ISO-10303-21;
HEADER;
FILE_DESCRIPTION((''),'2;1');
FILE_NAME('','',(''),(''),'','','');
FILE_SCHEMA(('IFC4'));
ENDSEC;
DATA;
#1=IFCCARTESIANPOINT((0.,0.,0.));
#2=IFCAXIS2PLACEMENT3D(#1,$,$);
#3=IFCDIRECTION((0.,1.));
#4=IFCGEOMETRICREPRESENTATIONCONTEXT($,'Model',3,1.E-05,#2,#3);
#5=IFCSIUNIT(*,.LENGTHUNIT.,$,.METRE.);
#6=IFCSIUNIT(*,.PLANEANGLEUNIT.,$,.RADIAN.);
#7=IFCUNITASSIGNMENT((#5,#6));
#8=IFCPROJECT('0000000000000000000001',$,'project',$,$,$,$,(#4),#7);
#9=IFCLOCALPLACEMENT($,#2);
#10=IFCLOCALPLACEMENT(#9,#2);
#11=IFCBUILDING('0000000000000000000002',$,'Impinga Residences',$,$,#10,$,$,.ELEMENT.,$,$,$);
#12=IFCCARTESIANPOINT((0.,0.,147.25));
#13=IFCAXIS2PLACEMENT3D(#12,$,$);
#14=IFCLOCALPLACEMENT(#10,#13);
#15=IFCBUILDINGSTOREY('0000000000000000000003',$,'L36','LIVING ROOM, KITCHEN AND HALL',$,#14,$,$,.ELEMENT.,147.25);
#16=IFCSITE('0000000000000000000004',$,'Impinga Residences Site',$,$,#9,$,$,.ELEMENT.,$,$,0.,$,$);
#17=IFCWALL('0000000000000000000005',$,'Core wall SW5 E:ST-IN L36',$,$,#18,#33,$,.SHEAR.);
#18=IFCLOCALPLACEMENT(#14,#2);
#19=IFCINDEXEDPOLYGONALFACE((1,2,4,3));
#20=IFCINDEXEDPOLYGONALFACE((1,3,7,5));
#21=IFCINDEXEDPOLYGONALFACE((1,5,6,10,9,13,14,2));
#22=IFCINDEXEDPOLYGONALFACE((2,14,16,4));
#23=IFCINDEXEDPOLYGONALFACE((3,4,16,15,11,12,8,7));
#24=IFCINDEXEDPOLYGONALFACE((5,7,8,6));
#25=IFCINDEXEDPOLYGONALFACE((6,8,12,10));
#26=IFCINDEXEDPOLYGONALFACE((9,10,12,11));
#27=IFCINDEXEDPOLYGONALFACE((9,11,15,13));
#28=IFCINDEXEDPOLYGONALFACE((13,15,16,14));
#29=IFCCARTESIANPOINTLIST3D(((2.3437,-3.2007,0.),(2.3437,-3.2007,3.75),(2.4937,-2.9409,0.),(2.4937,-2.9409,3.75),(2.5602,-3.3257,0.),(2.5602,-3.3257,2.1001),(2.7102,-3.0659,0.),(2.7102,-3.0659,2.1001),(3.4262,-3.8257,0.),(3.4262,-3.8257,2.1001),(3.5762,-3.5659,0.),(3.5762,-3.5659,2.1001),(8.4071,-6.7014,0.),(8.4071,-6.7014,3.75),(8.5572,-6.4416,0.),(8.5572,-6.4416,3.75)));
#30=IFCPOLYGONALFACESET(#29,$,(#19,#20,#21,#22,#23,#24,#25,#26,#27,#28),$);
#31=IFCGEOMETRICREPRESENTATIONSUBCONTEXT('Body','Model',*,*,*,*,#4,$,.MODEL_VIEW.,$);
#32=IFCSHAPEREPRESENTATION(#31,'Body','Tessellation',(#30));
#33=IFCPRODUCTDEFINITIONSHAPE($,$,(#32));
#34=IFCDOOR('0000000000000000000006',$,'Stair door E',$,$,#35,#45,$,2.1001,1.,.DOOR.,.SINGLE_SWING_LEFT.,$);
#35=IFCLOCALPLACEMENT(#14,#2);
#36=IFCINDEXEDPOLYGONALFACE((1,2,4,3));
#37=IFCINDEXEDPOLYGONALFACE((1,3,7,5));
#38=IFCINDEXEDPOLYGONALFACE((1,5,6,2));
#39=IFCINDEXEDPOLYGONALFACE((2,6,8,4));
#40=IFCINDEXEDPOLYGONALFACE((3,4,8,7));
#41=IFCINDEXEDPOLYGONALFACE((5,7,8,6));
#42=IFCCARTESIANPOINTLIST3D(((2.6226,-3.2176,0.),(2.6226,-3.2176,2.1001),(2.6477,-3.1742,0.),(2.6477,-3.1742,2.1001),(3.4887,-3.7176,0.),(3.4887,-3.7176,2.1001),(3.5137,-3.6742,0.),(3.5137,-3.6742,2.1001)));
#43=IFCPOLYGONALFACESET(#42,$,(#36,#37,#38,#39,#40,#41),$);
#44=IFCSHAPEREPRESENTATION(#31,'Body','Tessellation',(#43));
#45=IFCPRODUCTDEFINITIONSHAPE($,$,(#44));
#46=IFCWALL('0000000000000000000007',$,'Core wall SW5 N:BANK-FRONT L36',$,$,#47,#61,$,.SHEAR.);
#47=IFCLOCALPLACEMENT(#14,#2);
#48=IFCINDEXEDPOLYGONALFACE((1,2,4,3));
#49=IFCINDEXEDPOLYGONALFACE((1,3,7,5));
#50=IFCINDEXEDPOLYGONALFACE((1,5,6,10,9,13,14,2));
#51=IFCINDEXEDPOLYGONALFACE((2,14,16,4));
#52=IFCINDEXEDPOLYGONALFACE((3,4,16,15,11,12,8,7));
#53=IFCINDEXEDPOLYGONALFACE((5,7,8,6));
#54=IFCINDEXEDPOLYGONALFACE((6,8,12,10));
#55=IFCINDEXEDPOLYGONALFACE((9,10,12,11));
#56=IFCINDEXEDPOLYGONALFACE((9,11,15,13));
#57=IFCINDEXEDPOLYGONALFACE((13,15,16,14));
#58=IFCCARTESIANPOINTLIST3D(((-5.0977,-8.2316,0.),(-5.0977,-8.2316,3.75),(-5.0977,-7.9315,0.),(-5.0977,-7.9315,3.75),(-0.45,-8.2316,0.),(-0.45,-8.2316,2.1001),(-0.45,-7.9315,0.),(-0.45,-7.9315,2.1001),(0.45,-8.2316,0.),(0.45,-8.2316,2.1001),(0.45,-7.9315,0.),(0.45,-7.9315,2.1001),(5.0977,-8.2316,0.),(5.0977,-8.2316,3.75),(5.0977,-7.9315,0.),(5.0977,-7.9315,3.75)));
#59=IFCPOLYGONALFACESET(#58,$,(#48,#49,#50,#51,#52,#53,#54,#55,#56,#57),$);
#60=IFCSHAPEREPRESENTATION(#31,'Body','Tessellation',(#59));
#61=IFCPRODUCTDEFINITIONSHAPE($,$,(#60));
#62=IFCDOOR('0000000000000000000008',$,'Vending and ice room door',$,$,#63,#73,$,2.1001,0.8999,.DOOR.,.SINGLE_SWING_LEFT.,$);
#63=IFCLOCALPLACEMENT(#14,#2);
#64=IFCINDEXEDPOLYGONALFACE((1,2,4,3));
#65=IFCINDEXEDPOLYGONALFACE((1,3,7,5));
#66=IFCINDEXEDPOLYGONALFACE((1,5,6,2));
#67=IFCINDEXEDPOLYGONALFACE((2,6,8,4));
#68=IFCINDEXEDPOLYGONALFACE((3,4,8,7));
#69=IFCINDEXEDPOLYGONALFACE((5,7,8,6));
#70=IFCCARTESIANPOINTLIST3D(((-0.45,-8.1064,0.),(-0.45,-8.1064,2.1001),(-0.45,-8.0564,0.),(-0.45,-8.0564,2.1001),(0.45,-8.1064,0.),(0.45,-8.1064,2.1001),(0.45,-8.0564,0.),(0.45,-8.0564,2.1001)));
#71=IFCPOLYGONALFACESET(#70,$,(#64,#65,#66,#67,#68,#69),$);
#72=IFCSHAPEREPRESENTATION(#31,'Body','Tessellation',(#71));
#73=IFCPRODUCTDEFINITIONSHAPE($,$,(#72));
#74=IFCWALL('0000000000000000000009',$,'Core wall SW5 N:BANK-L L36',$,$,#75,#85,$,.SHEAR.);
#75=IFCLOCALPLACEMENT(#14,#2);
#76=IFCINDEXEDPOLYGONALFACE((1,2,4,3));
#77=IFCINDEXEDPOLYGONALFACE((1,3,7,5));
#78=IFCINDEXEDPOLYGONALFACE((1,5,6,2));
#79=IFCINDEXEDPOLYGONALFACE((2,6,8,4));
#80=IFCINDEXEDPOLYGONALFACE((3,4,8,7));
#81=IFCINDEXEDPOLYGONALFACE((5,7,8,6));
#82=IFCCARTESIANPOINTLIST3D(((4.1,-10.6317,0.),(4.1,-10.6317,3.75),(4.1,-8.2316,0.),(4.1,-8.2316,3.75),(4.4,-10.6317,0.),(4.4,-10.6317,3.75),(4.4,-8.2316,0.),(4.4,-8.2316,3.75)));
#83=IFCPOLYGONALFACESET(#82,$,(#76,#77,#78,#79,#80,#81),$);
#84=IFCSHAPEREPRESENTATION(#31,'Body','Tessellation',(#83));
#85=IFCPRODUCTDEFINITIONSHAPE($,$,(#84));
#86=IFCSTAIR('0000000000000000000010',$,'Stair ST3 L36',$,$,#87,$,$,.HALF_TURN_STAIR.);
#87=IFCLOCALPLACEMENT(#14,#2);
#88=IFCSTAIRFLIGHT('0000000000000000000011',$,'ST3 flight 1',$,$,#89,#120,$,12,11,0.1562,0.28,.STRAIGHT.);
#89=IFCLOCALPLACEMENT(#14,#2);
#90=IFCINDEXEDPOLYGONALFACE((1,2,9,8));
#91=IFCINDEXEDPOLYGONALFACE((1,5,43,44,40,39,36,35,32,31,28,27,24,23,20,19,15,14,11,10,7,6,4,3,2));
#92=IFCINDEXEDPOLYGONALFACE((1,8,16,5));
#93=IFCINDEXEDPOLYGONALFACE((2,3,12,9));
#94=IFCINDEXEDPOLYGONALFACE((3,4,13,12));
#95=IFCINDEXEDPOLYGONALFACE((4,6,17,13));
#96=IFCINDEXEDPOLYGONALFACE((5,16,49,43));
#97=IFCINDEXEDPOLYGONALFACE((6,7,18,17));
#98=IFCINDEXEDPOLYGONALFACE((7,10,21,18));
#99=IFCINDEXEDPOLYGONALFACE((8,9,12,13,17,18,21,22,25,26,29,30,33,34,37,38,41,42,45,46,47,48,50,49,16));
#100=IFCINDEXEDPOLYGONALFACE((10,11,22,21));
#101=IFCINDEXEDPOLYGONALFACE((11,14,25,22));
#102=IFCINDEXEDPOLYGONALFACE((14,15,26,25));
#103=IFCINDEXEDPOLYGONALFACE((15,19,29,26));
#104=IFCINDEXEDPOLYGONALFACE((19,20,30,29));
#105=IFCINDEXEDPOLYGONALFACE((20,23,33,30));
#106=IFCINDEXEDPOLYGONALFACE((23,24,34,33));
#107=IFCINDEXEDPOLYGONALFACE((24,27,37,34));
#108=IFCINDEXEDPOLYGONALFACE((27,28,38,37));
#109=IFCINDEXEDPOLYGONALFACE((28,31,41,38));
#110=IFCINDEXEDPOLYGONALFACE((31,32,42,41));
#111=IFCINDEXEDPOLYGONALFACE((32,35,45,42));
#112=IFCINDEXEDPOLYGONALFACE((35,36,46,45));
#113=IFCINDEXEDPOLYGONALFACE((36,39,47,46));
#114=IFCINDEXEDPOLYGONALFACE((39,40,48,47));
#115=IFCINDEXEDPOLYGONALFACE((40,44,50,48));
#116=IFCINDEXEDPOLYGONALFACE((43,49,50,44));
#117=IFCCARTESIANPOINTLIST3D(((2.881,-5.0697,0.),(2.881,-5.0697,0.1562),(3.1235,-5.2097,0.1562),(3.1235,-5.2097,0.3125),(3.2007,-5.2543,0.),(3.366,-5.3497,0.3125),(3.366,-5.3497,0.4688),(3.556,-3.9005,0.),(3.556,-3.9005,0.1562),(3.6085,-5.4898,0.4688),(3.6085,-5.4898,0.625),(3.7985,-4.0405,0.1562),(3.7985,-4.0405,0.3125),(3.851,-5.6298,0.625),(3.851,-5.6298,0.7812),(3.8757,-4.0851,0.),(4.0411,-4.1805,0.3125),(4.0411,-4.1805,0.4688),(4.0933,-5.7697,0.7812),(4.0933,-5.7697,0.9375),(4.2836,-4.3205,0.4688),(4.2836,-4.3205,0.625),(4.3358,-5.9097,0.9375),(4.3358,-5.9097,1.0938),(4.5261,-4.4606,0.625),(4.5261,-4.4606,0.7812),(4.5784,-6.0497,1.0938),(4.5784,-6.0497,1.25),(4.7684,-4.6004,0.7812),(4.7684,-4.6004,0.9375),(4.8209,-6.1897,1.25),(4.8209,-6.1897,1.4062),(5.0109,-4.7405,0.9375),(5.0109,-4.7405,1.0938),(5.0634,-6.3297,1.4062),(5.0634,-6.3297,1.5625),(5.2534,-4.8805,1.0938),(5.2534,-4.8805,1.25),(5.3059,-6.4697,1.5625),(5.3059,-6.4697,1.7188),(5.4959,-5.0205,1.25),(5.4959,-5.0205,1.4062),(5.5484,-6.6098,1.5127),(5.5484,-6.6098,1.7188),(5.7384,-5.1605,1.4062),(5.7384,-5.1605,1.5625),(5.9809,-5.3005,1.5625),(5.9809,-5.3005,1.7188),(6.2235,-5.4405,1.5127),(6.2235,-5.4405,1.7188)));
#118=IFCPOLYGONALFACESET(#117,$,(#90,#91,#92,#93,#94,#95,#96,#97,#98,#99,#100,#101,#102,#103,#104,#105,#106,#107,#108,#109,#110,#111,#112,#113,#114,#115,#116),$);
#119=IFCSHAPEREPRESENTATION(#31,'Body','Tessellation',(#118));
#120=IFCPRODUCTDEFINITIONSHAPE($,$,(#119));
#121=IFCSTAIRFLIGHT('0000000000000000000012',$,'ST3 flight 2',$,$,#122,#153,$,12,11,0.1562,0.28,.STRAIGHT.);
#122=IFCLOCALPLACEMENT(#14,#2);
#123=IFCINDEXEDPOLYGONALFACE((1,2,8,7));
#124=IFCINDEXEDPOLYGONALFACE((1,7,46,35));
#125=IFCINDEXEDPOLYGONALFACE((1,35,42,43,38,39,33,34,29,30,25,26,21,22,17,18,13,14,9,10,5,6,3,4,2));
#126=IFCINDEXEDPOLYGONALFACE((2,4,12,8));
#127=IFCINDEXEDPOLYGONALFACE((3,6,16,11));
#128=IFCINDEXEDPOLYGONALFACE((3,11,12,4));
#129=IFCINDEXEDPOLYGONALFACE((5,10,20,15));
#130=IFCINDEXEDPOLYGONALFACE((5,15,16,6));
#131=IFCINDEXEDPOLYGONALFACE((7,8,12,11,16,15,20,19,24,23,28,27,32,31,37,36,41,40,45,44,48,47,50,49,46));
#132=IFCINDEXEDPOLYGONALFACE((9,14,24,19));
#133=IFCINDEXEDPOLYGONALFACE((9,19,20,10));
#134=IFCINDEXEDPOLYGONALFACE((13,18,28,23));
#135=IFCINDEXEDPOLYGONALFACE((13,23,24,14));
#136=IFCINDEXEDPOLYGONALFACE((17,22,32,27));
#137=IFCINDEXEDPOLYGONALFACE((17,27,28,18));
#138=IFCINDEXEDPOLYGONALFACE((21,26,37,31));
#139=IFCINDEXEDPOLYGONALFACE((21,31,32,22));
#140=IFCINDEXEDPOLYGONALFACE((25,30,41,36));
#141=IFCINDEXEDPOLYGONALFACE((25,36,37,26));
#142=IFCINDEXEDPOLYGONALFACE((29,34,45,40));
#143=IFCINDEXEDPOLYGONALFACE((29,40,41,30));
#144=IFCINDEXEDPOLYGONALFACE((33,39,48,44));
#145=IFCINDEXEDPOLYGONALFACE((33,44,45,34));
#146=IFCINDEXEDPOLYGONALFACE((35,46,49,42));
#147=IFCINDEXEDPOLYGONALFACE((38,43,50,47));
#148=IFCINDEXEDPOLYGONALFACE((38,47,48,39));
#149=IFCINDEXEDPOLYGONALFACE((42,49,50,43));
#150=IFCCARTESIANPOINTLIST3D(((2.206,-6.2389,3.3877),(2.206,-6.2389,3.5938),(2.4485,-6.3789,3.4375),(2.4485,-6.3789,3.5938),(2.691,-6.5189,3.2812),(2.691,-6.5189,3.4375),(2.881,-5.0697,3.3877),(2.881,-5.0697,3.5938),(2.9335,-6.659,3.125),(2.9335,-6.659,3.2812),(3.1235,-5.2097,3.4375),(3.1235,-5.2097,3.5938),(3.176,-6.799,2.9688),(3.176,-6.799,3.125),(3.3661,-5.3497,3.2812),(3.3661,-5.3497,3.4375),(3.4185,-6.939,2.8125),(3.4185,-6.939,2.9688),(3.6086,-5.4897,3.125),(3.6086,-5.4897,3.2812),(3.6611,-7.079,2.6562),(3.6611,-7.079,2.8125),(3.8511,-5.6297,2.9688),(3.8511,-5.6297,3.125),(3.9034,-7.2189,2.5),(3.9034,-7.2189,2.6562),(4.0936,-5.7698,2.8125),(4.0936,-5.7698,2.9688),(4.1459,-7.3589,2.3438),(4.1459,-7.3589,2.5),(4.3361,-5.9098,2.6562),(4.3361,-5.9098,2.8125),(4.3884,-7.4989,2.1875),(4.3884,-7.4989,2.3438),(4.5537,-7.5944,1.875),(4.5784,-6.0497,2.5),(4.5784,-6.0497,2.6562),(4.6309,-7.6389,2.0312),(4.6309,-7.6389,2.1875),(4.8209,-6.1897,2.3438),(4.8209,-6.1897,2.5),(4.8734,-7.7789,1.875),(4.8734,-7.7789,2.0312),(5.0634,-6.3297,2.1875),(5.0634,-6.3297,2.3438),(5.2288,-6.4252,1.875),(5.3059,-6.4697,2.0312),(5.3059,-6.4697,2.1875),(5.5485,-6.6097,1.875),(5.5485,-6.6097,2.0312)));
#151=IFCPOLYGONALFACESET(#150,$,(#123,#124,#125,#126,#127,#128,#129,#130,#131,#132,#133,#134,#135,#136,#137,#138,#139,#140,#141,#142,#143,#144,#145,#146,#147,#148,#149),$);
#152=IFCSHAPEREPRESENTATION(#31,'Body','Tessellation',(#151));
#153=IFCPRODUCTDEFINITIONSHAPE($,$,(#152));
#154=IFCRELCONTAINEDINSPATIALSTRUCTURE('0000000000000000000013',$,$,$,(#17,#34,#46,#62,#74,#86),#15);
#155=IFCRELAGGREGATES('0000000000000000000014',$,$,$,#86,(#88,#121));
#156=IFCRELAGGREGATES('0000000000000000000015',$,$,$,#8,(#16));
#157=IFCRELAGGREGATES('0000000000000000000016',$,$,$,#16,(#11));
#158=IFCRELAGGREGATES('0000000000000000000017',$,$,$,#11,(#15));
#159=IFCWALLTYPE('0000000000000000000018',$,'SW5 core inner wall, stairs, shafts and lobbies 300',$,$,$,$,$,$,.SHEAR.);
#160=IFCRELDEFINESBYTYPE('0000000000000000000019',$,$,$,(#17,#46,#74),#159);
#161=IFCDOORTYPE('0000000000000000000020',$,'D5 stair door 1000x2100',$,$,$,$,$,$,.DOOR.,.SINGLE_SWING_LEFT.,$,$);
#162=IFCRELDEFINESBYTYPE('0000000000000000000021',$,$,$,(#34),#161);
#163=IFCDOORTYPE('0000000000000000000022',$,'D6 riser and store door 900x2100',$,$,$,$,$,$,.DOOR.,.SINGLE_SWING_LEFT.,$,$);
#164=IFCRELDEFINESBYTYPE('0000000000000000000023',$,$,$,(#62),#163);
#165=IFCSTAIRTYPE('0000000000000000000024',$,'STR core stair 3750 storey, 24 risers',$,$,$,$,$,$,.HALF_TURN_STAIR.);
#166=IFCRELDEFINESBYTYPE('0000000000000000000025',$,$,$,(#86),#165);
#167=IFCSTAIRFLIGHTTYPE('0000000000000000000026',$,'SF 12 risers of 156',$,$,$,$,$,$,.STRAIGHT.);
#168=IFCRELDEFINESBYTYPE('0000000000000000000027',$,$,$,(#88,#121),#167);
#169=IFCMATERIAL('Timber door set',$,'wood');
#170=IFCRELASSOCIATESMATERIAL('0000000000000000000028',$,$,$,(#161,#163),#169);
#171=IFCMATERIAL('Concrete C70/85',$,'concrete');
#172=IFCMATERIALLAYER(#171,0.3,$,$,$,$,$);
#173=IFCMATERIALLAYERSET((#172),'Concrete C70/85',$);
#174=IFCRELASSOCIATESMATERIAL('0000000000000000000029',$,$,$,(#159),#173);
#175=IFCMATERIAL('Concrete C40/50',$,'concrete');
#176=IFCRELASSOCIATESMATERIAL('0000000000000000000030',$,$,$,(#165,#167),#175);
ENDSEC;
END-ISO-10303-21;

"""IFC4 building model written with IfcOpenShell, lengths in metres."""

from ifc_helpers import new_model, si_unit, direction, frame, frame_2d, origin, place, context, subcontext, project, spatial, polyline, rectangle, outline, extrude, material, layer, layer_set, type_object, element, fill, aggregate, save


model = new_model("IFC4")

# Units and contexts
model_context = context("Model", 3, precision=1e-05, world=origin(), true_north=direction((0.0, 1.0)))
body_context = subcontext(model_context, "Body", "Model", "MODEL_VIEW")
ifc_project = project(units=[si_unit("LENGTHUNIT", "METRE"), si_unit("PLANEANGLEUNIT", "RADIAN")], contexts=[model_context])

# Site, building, storey
site_placement = place(None, origin())
site = spatial("IfcSite", under=ifc_project, at=site_placement, Name="Impinga Residences Site", CompositionType="ELEMENT", RefElevation=0.0)
building_placement = place(site_placement, origin())
building = spatial("IfcBuilding", under=site, at=building_placement, Name="Impinga Residences", CompositionType="ELEMENT")
storey_placement = place(building_placement, frame((0.0, 0.0, 147.25)))
storey = spatial("IfcBuildingStorey", under=building, at=storey_placement, Name="L36", Description="LIVING ROOM, KITCHEN AND HALL", CompositionType="ELEMENT", Elevation=147.25)

# Shared definitions
ifc_material_1 = material(Name="Timber door set", Category="wood")
door_type_1 = type_object("IfcDoorType", Name="D5 stair door 1000x2100", OperationType="SINGLE_SWING_LEFT", PredefinedType="DOOR", material=ifc_material_1)

# Walls, openings, doors
ifc_material_2 = material(Name="Concrete C70/85", Category="concrete")
ifc_layer_1 = layer(ifc_material_2, 0.3)
ifc_layer_set_1 = layer_set([ifc_layer_1], Name="Concrete C70/85")
wall_type_1 = type_object("IfcWallType", Name="SW5 core inner wall, stairs, shafts and lobbies 300", PredefinedType="SHEAR", material=ifc_layer_set_1)
wall_1_placement = place(storey_placement, frame((2.4187, -3.0708, 0.0), z_axis=(0.0, 0.0, 1.0), x_axis=(0.866026, -0.499998, 0.0)))
wall_1 = element("IfcWall", 1, at=wall_1_placement, inside=storey, type_object=wall_type_1, Name="Core wall SW5 E:ST-IN L36", PredefinedType="SHEAR", context=body_context, shape_type="SweptSolid", body=[
    extrude(rectangle(XDim=7.0015, YDim=0.3, at=frame_2d((3.5007, 0.0))), origin(), (0.0, 0.0, 1.0), 3.75),
])
opening_1_placement = place(wall_1_placement, frame((0.25, 0.0, 0.0)))
opening_1 = element("IfcOpeningElement", 2, at=opening_1_placement, cuts=wall_1, PredefinedType="OPENING", context=body_context, shape_type="SweptSolid", body=[
    extrude(rectangle(XDim=1.0, YDim=2.1001, at=frame_2d((0.5, 1.05))), frame((0.0, 0.1599, 0.0), z_axis=(0.0, -1.0, 0.0), x_axis=(1.0, 0.0, 0.0)), (0.0, 0.0, 1.0), 0.3201),
])
door_1_placement = place(opening_1_placement, origin())
door_1 = element("IfcDoor", 3, at=door_1_placement, inside=storey, type_object=door_type_1, Name="Stair door E", OperationType="SINGLE_SWING_LEFT", OverallHeight=2.1001, OverallWidth=1.0, PredefinedType="DOOR", context=body_context, shape_type="SweptSolid", body=[
    extrude(rectangle(XDim=1.0, YDim=2.1001, at=frame_2d((0.5, 1.05))), frame((0.0, 0.0249, 0.0), z_axis=(0.0, -1.0, 0.0), x_axis=(1.0, 0.0, 0.0)), (0.0, 0.0, 1.0), 0.05),
])
fill(opening_1, door_1)
wall_2_placement = place(storey_placement, frame((5.0977, -8.0815, 0.0), z_axis=(0.0, 0.0, 1.0), x_axis=(-1.0, 0.0, 0.0)))
wall_2 = element("IfcWall", 4, at=wall_2_placement, inside=storey, type_object=wall_type_1, Name="Core wall SW5 N:BANK-FRONT L36", PredefinedType="SHEAR", context=body_context, shape_type="SweptSolid", body=[
    extrude(rectangle(XDim=10.1953, YDim=0.3, at=frame_2d((5.0977, 0.0))), origin(), (0.0, 0.0, 1.0), 3.75),
])
opening_2_placement = place(wall_2_placement, frame((4.6477, 0.0, 0.0)))
opening_2 = element("IfcOpeningElement", 5, at=opening_2_placement, cuts=wall_2, PredefinedType="OPENING", context=body_context, shape_type="SweptSolid", body=[
    extrude(rectangle(XDim=0.8999, YDim=2.1001, at=frame_2d((0.45, 1.05))), frame((0.0, 0.1599, 0.0), z_axis=(0.0, -1.0, 0.0), x_axis=(1.0, 0.0, 0.0)), (0.0, 0.0, 1.0), 0.3201),
])
door_type_2 = type_object("IfcDoorType", Name="D6 riser and store door 900x2100", OperationType="SINGLE_SWING_LEFT", PredefinedType="DOOR", material=ifc_material_1)
door_2_placement = place(opening_2_placement, origin())
door_2 = element("IfcDoor", 6, at=door_2_placement, inside=storey, type_object=door_type_2, Name="Vending and ice room door", OperationType="SINGLE_SWING_LEFT", OverallHeight=2.1001, OverallWidth=0.8999, PredefinedType="DOOR", context=body_context, shape_type="SweptSolid", body=[
    extrude(rectangle(XDim=0.8999, YDim=2.1001, at=frame_2d((0.45, 1.05))), frame((0.0, 0.0249, 0.0), z_axis=(0.0, -1.0, 0.0), x_axis=(1.0, 0.0, 0.0)), (0.0, 0.0, 1.0), 0.05),
])
fill(opening_2, door_2)

# Wall
wall_3_placement = place(storey_placement, frame((4.25, -8.2314, 0.0), z_axis=(0.0, 0.0, 1.0), x_axis=(0.0, -1.0, 0.0)))
element("IfcWall", 7, at=wall_3_placement, inside=storey, type_object=wall_type_1, Name="Core wall SW5 N:BANK-L L36", PredefinedType="SHEAR", context=body_context, shape_type="SweptSolid", body=[
    extrude(rectangle(XDim=2.4001, YDim=0.3, at=frame_2d((1.2002, 0.0))), origin(), (0.0, 0.0, 1.0), 3.75),
])

# Stair, stair flights
ifc_material_3 = material(Name="Concrete C40/50", Category="concrete")
stair_type = type_object("IfcStairType", Name="STR core stair 3750 storey, 24 risers", PredefinedType="HALF_TURN_STAIR", material=ifc_material_3)
stair_placement = place(storey_placement, origin())
stair = element("IfcStair", 8, at=stair_placement, inside=storey, type_object=stair_type, Name="Stair ST3 L36", PredefinedType="HALF_TURN_STAIR")
stair_flight_type = type_object("IfcStairFlightType", Name="SF 12 risers of 156", PredefinedType="STRAIGHT", material=ifc_material_3)
stair_flight_1_placement = place(storey_placement, frame((3.2185, -4.4851, 0.0), z_axis=(0.0, 0.0, 1.0), x_axis=(0.866025, -0.5, 0.0)))
stair_flight_1 = element("IfcStairFlight", 9, at=stair_flight_1_placement, type_object=stair_flight_type, Name="ST3 flight 1", NumberOfRisers=12, NumberOfTreads=11, PredefinedType="STRAIGHT", RiserHeight=0.1562, TreadLength=0.28, context=body_context, shape_type="SweptSolid", body=[
    extrude(outline(polyline([(0.0, 0.0), (0.0, 0.1562), (0.28, 0.1562), (0.28, 0.3125), (0.5601, 0.3125), (0.5601, 0.4688), (0.8401, 0.4688), (0.8401, 0.625), (1.1201, 0.625), (1.1201, 0.7812), (1.3999, 0.7812), (1.3999, 0.9375), (1.6799, 0.9375), (1.6799, 1.0938), (1.96, 1.0938), (1.96, 1.25), (2.24, 1.25), (2.24, 1.4062), (2.52, 1.4062), (2.52, 1.5625), (2.8, 1.5625), (2.8, 1.7188), (3.0801, 1.7188), (3.0801, 1.875), (3.0801, 1.5127), (0.3691, 0.0), (0.0, 0.0)])), frame((0.0, 0.675, 0.0), z_axis=(0.0, -1.0, 0.0), x_axis=(1.0, 0.0, 0.0)), (0.0, 0.0, 1.0), 1.3501),
])
stair_flight_2_placement = place(storey_placement, frame((5.2109, -7.1943, 1.875), z_axis=(0.0, 0.0, 1.0), x_axis=(-0.866025, 0.5, 0.0)))
stair_flight_2 = element("IfcStairFlight", 10, at=stair_flight_2_placement, type_object=stair_flight_type, Name="ST3 flight 2", NumberOfRisers=12, NumberOfTreads=11, PredefinedType="STRAIGHT", RiserHeight=0.1562, TreadLength=0.28, context=body_context, shape_type="SweptSolid", body=[
    extrude(outline(polyline([(0.0, 0.0), (0.0, 0.1562), (0.28, 0.1562), (0.28, 0.3125), (0.5601, 0.3125), (0.5601, 0.4688), (0.8401, 0.4688), (0.8401, 0.625), (1.1201, 0.625), (1.1201, 0.7812), (1.3999, 0.7812), (1.3999, 0.9375), (1.6799, 0.9375), (1.6799, 1.0938), (1.96, 1.0938), (1.96, 1.25), (2.24, 1.25), (2.24, 1.4062), (2.52, 1.4062), (2.52, 1.5625), (2.8, 1.5625), (2.8, 1.7188), (3.0801, 1.7188), (3.0801, 1.875), (3.0801, 1.5127), (0.3691, 0.0), (0.0, 0.0)])), frame((0.0, 0.675, 0.0), z_axis=(0.0, -1.0, 0.0), x_axis=(1.0, 0.0, 0.0)), (0.0, 0.0, 1.0), 1.3501),
])
aggregate(stair, [stair_flight_1, stair_flight_2])

save(model, "model.ifc")
